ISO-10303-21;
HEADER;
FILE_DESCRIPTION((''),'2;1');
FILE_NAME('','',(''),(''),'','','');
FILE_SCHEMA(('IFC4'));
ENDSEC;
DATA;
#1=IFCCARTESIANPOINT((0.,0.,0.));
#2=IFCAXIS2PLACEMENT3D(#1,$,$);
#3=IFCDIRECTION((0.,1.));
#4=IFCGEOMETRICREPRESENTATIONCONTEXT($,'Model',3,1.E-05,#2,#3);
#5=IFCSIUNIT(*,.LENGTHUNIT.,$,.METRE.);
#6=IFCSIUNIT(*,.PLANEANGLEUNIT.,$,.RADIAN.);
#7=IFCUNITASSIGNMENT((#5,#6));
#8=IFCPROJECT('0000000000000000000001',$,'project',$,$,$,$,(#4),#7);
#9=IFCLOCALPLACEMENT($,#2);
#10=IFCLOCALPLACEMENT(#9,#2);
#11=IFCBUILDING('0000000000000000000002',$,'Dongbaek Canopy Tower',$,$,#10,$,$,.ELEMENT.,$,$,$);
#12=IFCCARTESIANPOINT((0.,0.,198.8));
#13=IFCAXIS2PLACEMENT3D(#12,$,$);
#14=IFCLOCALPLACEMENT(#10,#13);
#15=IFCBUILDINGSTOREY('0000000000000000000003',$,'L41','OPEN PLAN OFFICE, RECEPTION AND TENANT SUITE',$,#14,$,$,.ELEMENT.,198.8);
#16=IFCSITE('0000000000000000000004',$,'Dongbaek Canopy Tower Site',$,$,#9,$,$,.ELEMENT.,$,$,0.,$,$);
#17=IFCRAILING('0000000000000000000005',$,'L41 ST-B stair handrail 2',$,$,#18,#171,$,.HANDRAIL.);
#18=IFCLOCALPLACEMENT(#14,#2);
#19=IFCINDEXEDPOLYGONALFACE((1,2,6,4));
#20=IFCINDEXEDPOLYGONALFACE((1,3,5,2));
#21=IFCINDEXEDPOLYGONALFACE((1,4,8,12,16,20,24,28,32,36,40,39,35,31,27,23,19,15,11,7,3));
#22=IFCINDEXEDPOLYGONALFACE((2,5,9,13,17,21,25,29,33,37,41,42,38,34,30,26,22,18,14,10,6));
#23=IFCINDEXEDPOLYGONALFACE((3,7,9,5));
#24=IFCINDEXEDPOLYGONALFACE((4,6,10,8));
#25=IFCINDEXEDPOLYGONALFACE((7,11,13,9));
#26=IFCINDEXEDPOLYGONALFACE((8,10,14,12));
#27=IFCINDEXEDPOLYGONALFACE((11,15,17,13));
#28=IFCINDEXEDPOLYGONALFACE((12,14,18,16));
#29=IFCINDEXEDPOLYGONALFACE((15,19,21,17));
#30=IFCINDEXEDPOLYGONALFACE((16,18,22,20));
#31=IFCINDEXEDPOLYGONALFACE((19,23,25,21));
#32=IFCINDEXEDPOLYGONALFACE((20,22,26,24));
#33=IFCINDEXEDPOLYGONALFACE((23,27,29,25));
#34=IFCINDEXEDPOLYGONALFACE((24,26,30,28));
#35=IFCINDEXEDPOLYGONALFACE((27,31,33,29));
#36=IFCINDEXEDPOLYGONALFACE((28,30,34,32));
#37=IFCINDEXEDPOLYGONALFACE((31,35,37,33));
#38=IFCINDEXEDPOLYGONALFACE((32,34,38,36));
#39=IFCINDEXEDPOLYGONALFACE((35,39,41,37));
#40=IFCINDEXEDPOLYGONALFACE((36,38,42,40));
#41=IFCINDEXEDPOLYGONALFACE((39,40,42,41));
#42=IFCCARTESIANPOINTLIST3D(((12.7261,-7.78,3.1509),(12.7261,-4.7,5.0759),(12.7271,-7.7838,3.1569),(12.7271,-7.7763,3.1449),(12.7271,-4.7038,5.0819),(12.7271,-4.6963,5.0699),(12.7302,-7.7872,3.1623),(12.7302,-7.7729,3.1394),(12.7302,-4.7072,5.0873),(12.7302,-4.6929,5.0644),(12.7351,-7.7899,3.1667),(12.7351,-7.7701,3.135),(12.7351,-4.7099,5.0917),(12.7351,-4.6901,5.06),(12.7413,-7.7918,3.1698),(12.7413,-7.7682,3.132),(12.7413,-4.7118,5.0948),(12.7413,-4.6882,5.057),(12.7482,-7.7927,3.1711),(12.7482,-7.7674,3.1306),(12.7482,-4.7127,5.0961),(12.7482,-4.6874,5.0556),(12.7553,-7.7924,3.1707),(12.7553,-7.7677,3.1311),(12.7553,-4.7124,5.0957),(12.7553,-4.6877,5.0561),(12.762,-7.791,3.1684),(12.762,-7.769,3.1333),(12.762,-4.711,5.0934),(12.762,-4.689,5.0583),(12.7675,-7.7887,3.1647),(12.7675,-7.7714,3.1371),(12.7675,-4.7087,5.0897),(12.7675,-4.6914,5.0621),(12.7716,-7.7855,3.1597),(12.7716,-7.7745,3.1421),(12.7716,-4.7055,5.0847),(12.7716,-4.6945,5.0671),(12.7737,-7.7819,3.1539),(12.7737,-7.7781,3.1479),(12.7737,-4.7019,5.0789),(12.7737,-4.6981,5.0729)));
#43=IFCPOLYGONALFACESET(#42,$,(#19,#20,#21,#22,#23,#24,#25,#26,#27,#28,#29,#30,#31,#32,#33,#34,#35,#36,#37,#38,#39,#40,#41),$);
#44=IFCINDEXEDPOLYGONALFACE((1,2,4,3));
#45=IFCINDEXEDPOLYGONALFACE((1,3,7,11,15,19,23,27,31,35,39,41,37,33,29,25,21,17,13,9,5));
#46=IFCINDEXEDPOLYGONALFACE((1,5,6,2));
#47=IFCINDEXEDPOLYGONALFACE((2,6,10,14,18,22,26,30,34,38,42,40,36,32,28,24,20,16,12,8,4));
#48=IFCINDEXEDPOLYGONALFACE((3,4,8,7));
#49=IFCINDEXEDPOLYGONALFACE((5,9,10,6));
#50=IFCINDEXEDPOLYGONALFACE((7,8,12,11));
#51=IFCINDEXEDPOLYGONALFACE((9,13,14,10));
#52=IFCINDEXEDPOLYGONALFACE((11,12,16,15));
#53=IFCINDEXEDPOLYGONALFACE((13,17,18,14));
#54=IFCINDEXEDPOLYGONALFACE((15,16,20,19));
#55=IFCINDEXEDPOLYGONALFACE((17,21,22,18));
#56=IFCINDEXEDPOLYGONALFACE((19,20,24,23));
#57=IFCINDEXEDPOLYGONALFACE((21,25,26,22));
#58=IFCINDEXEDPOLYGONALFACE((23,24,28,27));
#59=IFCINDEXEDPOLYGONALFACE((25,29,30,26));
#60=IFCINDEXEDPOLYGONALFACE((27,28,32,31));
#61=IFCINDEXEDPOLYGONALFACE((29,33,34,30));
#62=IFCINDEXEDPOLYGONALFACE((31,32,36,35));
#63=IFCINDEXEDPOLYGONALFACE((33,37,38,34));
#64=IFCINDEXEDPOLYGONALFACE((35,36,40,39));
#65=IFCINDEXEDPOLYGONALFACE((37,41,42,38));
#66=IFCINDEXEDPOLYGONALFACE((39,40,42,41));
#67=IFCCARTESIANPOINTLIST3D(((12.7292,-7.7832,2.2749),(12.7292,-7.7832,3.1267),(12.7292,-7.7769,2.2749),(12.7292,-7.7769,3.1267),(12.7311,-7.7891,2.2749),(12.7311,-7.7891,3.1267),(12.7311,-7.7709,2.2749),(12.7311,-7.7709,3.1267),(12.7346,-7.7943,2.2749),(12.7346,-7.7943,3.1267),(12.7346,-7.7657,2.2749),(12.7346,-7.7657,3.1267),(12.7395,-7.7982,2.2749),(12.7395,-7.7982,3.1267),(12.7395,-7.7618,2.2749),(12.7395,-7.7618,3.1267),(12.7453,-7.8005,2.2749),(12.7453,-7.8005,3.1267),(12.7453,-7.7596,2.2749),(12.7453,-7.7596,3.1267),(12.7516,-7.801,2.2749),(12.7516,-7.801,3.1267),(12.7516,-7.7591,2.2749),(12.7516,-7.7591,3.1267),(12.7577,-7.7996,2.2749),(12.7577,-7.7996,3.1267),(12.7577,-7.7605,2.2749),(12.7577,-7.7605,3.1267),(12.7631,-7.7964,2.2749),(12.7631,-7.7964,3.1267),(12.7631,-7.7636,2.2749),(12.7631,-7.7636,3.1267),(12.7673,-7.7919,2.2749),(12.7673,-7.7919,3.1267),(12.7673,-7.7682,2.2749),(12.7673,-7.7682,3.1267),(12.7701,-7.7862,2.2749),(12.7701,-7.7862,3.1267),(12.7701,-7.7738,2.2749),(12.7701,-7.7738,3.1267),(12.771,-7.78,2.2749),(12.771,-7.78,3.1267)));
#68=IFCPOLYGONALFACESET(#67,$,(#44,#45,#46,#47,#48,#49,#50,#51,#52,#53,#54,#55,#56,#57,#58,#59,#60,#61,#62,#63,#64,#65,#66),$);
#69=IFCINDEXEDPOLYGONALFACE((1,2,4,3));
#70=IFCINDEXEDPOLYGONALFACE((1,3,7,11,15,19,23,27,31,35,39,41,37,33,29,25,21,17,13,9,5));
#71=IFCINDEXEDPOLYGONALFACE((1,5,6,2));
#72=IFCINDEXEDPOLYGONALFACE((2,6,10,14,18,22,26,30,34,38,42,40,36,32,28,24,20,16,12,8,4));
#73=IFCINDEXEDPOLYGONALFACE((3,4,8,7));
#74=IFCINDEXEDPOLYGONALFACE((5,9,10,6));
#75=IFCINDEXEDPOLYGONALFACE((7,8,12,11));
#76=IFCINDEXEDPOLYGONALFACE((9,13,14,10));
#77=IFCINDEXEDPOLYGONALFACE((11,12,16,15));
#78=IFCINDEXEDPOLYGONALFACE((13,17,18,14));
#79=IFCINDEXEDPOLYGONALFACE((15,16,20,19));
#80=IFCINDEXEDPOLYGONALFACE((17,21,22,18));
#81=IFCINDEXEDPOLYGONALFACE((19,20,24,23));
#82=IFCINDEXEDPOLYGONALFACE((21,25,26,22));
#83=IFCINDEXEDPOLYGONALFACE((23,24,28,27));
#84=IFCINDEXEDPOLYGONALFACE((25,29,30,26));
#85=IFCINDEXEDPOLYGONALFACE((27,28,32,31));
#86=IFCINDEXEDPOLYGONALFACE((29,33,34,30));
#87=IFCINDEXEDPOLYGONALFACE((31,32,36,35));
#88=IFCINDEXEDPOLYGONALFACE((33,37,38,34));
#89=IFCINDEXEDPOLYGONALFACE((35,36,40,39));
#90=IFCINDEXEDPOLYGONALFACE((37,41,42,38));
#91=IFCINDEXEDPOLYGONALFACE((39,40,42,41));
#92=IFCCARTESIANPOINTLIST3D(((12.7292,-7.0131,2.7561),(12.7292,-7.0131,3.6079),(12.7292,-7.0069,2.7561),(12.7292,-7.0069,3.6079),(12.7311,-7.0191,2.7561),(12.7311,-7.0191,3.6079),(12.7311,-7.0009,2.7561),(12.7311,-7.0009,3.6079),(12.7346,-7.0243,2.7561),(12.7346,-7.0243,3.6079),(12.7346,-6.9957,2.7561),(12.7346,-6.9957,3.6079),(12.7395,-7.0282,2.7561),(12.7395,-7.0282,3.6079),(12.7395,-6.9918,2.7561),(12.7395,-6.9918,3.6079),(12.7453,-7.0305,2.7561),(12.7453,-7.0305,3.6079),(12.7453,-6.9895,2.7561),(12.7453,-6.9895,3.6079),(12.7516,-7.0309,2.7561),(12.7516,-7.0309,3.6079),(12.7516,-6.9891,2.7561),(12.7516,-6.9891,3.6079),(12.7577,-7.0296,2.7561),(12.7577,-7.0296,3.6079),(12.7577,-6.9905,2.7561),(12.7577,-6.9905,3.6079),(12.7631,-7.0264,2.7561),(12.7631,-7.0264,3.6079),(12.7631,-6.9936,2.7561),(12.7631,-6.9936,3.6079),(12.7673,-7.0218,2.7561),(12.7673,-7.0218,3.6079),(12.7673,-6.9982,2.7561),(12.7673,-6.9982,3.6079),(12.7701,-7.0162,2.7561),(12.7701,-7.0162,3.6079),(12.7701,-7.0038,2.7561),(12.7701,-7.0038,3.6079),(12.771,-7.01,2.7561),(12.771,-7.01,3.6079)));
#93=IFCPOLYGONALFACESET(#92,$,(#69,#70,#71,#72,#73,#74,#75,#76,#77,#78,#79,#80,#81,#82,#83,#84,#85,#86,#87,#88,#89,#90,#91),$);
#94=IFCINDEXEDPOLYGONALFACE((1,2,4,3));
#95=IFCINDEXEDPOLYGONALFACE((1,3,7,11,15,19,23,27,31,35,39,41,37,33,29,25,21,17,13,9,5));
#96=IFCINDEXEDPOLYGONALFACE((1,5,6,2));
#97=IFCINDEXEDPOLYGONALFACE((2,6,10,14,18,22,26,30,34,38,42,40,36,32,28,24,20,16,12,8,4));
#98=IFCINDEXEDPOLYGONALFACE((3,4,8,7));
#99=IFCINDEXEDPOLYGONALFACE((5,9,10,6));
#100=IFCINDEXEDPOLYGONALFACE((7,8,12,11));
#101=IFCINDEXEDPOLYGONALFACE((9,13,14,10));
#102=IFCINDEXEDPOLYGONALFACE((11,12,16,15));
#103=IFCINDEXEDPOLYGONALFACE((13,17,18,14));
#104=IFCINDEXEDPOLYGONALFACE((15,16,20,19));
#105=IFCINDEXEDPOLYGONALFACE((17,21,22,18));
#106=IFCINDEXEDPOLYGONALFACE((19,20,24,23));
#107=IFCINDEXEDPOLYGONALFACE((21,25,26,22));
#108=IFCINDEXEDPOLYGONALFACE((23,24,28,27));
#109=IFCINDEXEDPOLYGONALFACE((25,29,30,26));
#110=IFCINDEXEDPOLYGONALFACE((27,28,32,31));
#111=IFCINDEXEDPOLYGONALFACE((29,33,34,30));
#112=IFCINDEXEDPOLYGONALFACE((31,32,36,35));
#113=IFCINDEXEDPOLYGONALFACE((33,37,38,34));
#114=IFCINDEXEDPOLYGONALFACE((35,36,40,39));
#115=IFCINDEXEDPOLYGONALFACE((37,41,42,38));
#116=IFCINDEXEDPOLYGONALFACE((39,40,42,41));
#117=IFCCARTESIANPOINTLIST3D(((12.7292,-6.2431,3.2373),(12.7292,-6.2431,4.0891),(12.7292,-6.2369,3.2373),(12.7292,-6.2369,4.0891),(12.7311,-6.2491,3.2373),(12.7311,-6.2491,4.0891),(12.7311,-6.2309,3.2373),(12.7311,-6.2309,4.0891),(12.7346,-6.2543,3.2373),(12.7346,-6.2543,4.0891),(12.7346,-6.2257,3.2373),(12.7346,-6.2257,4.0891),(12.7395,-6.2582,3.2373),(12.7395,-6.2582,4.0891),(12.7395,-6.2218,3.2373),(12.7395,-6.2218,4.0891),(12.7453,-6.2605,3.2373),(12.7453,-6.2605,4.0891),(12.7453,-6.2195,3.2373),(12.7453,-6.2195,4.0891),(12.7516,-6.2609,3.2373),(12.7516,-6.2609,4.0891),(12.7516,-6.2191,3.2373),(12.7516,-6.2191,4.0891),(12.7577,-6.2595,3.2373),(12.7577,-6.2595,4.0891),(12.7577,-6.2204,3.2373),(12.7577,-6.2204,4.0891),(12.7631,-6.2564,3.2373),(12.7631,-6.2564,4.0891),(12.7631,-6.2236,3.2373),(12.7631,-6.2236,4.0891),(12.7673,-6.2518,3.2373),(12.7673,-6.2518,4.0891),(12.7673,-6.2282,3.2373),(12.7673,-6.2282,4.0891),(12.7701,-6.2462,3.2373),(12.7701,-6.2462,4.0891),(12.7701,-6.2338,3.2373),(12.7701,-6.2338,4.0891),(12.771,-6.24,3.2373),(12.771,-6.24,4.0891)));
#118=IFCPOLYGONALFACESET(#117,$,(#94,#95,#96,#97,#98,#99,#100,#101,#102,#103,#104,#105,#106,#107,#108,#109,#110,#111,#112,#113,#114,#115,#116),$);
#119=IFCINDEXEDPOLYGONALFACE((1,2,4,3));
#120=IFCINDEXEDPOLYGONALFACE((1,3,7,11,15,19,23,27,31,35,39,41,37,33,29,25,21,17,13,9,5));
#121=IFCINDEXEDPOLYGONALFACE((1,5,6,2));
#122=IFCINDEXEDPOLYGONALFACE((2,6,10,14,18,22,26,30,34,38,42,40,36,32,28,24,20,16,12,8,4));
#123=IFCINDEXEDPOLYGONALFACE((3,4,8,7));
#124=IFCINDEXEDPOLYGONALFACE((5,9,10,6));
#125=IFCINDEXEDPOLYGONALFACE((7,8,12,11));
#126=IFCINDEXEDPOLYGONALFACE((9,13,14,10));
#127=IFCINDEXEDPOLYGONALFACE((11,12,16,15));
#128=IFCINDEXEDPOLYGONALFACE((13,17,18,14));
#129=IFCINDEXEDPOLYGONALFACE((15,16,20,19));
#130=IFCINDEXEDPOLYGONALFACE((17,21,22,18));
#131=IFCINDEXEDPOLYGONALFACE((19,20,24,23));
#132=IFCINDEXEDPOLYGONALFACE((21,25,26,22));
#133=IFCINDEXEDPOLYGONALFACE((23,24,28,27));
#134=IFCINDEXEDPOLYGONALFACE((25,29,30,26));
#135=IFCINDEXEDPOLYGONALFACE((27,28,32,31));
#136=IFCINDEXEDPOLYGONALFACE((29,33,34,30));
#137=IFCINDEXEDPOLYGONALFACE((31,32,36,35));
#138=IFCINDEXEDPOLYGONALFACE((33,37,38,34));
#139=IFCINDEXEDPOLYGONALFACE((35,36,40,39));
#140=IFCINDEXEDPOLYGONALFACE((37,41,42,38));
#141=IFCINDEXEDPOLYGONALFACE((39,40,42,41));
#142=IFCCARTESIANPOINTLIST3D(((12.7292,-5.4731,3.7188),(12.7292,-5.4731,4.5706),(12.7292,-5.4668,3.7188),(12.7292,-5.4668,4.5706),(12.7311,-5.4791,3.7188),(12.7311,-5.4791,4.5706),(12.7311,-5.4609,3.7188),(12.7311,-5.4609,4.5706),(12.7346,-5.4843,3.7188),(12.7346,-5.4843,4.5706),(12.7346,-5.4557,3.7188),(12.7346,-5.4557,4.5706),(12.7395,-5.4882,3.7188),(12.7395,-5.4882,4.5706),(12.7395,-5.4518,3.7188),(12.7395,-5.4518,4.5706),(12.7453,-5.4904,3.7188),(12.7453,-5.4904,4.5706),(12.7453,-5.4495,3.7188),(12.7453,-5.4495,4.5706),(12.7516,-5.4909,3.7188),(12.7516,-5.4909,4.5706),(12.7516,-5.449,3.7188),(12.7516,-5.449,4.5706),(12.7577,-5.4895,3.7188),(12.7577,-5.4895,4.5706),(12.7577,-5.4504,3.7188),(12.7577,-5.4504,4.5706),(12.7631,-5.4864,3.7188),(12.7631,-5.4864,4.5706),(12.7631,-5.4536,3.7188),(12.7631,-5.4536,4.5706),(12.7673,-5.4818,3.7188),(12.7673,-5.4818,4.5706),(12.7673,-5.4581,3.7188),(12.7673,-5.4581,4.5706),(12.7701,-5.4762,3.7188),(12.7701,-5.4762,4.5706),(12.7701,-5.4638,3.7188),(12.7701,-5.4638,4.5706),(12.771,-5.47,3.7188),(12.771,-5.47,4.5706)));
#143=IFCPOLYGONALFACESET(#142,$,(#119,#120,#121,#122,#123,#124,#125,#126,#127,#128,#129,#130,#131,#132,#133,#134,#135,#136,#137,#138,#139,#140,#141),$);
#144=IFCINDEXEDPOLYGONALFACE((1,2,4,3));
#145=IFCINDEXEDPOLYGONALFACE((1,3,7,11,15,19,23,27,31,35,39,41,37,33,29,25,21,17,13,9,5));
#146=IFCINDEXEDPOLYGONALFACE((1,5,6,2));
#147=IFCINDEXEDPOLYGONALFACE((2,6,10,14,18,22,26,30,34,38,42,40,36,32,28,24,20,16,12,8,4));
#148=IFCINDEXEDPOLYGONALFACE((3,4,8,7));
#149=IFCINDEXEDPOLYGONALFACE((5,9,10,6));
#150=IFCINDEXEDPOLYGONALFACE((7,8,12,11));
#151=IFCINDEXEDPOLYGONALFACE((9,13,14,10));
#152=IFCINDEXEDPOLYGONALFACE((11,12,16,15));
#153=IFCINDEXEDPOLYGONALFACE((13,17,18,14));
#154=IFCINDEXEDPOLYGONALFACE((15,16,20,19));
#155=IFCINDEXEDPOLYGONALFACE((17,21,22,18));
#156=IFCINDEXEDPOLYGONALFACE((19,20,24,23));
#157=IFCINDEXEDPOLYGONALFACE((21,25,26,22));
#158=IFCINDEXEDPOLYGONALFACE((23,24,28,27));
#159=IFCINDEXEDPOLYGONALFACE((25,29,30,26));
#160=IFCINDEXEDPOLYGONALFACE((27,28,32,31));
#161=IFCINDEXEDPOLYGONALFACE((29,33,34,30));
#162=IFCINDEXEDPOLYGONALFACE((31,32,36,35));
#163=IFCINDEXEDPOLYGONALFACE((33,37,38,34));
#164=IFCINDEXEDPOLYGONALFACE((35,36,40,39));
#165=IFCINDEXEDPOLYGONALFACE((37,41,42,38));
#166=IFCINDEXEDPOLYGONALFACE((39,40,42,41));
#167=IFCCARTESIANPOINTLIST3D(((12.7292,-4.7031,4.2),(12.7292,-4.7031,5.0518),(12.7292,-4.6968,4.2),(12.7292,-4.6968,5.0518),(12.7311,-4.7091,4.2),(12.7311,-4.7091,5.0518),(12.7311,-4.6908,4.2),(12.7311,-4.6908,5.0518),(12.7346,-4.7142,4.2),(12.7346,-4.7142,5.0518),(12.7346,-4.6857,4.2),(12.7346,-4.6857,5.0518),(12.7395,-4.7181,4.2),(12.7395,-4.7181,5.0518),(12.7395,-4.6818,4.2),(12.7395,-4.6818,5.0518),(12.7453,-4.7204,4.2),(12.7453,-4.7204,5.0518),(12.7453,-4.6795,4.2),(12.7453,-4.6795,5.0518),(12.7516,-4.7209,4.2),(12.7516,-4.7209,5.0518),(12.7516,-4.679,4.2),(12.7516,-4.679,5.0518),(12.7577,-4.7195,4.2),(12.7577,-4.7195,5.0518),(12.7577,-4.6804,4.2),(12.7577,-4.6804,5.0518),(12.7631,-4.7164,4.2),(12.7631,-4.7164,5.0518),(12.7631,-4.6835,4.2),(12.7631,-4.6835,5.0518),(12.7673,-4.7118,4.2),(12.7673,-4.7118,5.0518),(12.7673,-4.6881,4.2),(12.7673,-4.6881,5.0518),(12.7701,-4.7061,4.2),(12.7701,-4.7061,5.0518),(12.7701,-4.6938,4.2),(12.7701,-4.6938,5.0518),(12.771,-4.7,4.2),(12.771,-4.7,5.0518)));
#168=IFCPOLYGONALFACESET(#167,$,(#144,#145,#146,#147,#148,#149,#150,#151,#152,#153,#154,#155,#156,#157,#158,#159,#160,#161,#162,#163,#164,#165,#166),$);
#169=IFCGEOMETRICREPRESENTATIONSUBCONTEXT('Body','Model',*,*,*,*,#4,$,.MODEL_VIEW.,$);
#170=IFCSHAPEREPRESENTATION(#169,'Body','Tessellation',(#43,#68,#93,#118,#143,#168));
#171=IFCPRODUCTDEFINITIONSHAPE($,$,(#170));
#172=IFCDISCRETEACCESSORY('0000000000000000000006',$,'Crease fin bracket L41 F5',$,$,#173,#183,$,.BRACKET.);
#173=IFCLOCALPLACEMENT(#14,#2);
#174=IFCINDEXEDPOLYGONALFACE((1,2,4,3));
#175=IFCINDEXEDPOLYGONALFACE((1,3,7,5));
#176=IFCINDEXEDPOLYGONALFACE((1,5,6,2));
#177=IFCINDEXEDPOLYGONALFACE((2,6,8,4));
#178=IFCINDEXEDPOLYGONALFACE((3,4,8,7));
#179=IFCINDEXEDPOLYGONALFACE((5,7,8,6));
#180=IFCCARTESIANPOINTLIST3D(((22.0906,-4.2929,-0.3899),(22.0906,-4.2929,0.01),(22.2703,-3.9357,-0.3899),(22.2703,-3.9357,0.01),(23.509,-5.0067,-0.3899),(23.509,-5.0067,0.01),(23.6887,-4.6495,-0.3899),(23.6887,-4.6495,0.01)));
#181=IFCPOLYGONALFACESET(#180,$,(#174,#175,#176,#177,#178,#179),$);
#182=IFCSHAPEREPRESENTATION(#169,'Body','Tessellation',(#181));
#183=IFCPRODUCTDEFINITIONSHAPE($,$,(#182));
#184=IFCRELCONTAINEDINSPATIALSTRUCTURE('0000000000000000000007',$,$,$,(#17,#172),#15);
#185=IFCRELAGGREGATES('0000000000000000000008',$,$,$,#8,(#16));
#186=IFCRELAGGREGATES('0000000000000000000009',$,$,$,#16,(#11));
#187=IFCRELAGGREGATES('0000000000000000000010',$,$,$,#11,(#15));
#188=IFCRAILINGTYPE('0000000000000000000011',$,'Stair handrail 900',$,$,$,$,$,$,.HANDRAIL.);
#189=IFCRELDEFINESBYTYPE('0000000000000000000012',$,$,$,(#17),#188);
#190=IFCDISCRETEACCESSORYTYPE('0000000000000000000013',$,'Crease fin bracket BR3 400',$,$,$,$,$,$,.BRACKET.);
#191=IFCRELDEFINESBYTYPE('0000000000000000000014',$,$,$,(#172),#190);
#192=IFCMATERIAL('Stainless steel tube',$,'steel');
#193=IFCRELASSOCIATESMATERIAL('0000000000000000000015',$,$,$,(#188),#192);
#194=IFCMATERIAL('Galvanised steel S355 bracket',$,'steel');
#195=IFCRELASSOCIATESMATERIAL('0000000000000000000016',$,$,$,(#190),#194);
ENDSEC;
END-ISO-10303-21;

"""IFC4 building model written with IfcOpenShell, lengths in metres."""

from ifc_helpers import new_model, si_unit, direction, frame, origin, origin_2d, place, context, subcontext, project, spatial, rectangle, circle, extrude, material, type_object, element, save


model = new_model("IFC4")

# Units and contexts
model_context = context("Model", 3, precision=1e-05, world=origin(), true_north=direction((0.0, 1.0)))
body_context = subcontext(model_context, "Body", "Model", "MODEL_VIEW")
ifc_project = project(units=[si_unit("LENGTHUNIT", "METRE"), si_unit("PLANEANGLEUNIT", "RADIAN")], contexts=[model_context])

# Site, building, storey
site_placement = place(None, origin())
site = spatial("IfcSite", under=ifc_project, at=site_placement, Name="Dongbaek Canopy Tower Site", CompositionType="ELEMENT", RefElevation=0.0)
building_placement = place(site_placement, origin())
building = spatial("IfcBuilding", under=site, at=building_placement, Name="Dongbaek Canopy Tower", CompositionType="ELEMENT")
storey_placement = place(building_placement, frame((0.0, 0.0, 198.8)))
storey = spatial("IfcBuildingStorey", under=building, at=storey_placement, Name="L41", Description="OPEN PLAN OFFICE, RECEPTION AND TENANT SUITE", CompositionType="ELEMENT", Elevation=198.8)

# Railing
ifc_material_1 = material(Name="Stainless steel tube", Category="steel")
railing_type = type_object("IfcRailingType", Name="Stair handrail 900", PredefinedType="HANDRAIL", material=ifc_material_1)
railing_placement = place(storey_placement, frame((12.75, -7.78, 2.2749)))
element("IfcRailing", 1, at=railing_placement, inside=storey, type_object=railing_type, Name="L41 ST-B stair handrail 2", PredefinedType="HANDRAIL", context=body_context, shape_type="SweptSolid", body=[
    extrude(circle(Radius=0.0239, at=origin_2d()), frame((0.0, 0.0, 0.876), z_axis=(0.0, 0.847998, 0.529999), x_axis=(-1.0, 0.0, 0.0)), (0.0, 0.0, 1.0), 3.6321),
    extrude(circle(Radius=0.021, at=origin_2d()), origin(), (0.0, 0.0, 1.0), 0.8518),
    extrude(circle(Radius=0.021, at=origin_2d()), frame((0.0, 0.77, 0.4812)), (0.0, 0.0, 1.0), 0.8518),
    extrude(circle(Radius=0.021, at=origin_2d()), frame((0.0, 1.54, 0.9624)), (0.0, 0.0, 1.0), 0.8518),
    extrude(circle(Radius=0.021, at=origin_2d()), frame((0.0, 2.3101, 1.4438)), (0.0, 0.0, 1.0), 0.8518),
    extrude(circle(Radius=0.021, at=origin_2d()), frame((0.0, 3.0801, 1.925)), (0.0, 0.0, 1.0), 0.8518),
])

# Discrete accessory
ifc_material_2 = material(Name="Galvanised steel S355 bracket", Category="steel")
discrete_accessory_type = type_object("IfcDiscreteAccessoryType", Name="Crease fin bracket BR3 400", PredefinedType="BRACKET", material=ifc_material_2)
discrete_accessory_placement = place(storey_placement, frame((22.8896, -4.4712, -0.3899), z_axis=(0.0, 0.0, 1.0), x_axis=(0.893281, -0.449498, 0.0)))
element("IfcDiscreteAccessory", 2, at=discrete_accessory_placement, inside=storey, type_object=discrete_accessory_type, Name="Crease fin bracket L41 F5", PredefinedType="BRACKET", context=body_context, shape_type="SweptSolid", body=[
    extrude(rectangle(XDim=1.5879, YDim=0.3999, at=origin_2d()), origin(), (0.0, 0.0, 1.0), 0.3999),
])

save(model, "model.ifc")
